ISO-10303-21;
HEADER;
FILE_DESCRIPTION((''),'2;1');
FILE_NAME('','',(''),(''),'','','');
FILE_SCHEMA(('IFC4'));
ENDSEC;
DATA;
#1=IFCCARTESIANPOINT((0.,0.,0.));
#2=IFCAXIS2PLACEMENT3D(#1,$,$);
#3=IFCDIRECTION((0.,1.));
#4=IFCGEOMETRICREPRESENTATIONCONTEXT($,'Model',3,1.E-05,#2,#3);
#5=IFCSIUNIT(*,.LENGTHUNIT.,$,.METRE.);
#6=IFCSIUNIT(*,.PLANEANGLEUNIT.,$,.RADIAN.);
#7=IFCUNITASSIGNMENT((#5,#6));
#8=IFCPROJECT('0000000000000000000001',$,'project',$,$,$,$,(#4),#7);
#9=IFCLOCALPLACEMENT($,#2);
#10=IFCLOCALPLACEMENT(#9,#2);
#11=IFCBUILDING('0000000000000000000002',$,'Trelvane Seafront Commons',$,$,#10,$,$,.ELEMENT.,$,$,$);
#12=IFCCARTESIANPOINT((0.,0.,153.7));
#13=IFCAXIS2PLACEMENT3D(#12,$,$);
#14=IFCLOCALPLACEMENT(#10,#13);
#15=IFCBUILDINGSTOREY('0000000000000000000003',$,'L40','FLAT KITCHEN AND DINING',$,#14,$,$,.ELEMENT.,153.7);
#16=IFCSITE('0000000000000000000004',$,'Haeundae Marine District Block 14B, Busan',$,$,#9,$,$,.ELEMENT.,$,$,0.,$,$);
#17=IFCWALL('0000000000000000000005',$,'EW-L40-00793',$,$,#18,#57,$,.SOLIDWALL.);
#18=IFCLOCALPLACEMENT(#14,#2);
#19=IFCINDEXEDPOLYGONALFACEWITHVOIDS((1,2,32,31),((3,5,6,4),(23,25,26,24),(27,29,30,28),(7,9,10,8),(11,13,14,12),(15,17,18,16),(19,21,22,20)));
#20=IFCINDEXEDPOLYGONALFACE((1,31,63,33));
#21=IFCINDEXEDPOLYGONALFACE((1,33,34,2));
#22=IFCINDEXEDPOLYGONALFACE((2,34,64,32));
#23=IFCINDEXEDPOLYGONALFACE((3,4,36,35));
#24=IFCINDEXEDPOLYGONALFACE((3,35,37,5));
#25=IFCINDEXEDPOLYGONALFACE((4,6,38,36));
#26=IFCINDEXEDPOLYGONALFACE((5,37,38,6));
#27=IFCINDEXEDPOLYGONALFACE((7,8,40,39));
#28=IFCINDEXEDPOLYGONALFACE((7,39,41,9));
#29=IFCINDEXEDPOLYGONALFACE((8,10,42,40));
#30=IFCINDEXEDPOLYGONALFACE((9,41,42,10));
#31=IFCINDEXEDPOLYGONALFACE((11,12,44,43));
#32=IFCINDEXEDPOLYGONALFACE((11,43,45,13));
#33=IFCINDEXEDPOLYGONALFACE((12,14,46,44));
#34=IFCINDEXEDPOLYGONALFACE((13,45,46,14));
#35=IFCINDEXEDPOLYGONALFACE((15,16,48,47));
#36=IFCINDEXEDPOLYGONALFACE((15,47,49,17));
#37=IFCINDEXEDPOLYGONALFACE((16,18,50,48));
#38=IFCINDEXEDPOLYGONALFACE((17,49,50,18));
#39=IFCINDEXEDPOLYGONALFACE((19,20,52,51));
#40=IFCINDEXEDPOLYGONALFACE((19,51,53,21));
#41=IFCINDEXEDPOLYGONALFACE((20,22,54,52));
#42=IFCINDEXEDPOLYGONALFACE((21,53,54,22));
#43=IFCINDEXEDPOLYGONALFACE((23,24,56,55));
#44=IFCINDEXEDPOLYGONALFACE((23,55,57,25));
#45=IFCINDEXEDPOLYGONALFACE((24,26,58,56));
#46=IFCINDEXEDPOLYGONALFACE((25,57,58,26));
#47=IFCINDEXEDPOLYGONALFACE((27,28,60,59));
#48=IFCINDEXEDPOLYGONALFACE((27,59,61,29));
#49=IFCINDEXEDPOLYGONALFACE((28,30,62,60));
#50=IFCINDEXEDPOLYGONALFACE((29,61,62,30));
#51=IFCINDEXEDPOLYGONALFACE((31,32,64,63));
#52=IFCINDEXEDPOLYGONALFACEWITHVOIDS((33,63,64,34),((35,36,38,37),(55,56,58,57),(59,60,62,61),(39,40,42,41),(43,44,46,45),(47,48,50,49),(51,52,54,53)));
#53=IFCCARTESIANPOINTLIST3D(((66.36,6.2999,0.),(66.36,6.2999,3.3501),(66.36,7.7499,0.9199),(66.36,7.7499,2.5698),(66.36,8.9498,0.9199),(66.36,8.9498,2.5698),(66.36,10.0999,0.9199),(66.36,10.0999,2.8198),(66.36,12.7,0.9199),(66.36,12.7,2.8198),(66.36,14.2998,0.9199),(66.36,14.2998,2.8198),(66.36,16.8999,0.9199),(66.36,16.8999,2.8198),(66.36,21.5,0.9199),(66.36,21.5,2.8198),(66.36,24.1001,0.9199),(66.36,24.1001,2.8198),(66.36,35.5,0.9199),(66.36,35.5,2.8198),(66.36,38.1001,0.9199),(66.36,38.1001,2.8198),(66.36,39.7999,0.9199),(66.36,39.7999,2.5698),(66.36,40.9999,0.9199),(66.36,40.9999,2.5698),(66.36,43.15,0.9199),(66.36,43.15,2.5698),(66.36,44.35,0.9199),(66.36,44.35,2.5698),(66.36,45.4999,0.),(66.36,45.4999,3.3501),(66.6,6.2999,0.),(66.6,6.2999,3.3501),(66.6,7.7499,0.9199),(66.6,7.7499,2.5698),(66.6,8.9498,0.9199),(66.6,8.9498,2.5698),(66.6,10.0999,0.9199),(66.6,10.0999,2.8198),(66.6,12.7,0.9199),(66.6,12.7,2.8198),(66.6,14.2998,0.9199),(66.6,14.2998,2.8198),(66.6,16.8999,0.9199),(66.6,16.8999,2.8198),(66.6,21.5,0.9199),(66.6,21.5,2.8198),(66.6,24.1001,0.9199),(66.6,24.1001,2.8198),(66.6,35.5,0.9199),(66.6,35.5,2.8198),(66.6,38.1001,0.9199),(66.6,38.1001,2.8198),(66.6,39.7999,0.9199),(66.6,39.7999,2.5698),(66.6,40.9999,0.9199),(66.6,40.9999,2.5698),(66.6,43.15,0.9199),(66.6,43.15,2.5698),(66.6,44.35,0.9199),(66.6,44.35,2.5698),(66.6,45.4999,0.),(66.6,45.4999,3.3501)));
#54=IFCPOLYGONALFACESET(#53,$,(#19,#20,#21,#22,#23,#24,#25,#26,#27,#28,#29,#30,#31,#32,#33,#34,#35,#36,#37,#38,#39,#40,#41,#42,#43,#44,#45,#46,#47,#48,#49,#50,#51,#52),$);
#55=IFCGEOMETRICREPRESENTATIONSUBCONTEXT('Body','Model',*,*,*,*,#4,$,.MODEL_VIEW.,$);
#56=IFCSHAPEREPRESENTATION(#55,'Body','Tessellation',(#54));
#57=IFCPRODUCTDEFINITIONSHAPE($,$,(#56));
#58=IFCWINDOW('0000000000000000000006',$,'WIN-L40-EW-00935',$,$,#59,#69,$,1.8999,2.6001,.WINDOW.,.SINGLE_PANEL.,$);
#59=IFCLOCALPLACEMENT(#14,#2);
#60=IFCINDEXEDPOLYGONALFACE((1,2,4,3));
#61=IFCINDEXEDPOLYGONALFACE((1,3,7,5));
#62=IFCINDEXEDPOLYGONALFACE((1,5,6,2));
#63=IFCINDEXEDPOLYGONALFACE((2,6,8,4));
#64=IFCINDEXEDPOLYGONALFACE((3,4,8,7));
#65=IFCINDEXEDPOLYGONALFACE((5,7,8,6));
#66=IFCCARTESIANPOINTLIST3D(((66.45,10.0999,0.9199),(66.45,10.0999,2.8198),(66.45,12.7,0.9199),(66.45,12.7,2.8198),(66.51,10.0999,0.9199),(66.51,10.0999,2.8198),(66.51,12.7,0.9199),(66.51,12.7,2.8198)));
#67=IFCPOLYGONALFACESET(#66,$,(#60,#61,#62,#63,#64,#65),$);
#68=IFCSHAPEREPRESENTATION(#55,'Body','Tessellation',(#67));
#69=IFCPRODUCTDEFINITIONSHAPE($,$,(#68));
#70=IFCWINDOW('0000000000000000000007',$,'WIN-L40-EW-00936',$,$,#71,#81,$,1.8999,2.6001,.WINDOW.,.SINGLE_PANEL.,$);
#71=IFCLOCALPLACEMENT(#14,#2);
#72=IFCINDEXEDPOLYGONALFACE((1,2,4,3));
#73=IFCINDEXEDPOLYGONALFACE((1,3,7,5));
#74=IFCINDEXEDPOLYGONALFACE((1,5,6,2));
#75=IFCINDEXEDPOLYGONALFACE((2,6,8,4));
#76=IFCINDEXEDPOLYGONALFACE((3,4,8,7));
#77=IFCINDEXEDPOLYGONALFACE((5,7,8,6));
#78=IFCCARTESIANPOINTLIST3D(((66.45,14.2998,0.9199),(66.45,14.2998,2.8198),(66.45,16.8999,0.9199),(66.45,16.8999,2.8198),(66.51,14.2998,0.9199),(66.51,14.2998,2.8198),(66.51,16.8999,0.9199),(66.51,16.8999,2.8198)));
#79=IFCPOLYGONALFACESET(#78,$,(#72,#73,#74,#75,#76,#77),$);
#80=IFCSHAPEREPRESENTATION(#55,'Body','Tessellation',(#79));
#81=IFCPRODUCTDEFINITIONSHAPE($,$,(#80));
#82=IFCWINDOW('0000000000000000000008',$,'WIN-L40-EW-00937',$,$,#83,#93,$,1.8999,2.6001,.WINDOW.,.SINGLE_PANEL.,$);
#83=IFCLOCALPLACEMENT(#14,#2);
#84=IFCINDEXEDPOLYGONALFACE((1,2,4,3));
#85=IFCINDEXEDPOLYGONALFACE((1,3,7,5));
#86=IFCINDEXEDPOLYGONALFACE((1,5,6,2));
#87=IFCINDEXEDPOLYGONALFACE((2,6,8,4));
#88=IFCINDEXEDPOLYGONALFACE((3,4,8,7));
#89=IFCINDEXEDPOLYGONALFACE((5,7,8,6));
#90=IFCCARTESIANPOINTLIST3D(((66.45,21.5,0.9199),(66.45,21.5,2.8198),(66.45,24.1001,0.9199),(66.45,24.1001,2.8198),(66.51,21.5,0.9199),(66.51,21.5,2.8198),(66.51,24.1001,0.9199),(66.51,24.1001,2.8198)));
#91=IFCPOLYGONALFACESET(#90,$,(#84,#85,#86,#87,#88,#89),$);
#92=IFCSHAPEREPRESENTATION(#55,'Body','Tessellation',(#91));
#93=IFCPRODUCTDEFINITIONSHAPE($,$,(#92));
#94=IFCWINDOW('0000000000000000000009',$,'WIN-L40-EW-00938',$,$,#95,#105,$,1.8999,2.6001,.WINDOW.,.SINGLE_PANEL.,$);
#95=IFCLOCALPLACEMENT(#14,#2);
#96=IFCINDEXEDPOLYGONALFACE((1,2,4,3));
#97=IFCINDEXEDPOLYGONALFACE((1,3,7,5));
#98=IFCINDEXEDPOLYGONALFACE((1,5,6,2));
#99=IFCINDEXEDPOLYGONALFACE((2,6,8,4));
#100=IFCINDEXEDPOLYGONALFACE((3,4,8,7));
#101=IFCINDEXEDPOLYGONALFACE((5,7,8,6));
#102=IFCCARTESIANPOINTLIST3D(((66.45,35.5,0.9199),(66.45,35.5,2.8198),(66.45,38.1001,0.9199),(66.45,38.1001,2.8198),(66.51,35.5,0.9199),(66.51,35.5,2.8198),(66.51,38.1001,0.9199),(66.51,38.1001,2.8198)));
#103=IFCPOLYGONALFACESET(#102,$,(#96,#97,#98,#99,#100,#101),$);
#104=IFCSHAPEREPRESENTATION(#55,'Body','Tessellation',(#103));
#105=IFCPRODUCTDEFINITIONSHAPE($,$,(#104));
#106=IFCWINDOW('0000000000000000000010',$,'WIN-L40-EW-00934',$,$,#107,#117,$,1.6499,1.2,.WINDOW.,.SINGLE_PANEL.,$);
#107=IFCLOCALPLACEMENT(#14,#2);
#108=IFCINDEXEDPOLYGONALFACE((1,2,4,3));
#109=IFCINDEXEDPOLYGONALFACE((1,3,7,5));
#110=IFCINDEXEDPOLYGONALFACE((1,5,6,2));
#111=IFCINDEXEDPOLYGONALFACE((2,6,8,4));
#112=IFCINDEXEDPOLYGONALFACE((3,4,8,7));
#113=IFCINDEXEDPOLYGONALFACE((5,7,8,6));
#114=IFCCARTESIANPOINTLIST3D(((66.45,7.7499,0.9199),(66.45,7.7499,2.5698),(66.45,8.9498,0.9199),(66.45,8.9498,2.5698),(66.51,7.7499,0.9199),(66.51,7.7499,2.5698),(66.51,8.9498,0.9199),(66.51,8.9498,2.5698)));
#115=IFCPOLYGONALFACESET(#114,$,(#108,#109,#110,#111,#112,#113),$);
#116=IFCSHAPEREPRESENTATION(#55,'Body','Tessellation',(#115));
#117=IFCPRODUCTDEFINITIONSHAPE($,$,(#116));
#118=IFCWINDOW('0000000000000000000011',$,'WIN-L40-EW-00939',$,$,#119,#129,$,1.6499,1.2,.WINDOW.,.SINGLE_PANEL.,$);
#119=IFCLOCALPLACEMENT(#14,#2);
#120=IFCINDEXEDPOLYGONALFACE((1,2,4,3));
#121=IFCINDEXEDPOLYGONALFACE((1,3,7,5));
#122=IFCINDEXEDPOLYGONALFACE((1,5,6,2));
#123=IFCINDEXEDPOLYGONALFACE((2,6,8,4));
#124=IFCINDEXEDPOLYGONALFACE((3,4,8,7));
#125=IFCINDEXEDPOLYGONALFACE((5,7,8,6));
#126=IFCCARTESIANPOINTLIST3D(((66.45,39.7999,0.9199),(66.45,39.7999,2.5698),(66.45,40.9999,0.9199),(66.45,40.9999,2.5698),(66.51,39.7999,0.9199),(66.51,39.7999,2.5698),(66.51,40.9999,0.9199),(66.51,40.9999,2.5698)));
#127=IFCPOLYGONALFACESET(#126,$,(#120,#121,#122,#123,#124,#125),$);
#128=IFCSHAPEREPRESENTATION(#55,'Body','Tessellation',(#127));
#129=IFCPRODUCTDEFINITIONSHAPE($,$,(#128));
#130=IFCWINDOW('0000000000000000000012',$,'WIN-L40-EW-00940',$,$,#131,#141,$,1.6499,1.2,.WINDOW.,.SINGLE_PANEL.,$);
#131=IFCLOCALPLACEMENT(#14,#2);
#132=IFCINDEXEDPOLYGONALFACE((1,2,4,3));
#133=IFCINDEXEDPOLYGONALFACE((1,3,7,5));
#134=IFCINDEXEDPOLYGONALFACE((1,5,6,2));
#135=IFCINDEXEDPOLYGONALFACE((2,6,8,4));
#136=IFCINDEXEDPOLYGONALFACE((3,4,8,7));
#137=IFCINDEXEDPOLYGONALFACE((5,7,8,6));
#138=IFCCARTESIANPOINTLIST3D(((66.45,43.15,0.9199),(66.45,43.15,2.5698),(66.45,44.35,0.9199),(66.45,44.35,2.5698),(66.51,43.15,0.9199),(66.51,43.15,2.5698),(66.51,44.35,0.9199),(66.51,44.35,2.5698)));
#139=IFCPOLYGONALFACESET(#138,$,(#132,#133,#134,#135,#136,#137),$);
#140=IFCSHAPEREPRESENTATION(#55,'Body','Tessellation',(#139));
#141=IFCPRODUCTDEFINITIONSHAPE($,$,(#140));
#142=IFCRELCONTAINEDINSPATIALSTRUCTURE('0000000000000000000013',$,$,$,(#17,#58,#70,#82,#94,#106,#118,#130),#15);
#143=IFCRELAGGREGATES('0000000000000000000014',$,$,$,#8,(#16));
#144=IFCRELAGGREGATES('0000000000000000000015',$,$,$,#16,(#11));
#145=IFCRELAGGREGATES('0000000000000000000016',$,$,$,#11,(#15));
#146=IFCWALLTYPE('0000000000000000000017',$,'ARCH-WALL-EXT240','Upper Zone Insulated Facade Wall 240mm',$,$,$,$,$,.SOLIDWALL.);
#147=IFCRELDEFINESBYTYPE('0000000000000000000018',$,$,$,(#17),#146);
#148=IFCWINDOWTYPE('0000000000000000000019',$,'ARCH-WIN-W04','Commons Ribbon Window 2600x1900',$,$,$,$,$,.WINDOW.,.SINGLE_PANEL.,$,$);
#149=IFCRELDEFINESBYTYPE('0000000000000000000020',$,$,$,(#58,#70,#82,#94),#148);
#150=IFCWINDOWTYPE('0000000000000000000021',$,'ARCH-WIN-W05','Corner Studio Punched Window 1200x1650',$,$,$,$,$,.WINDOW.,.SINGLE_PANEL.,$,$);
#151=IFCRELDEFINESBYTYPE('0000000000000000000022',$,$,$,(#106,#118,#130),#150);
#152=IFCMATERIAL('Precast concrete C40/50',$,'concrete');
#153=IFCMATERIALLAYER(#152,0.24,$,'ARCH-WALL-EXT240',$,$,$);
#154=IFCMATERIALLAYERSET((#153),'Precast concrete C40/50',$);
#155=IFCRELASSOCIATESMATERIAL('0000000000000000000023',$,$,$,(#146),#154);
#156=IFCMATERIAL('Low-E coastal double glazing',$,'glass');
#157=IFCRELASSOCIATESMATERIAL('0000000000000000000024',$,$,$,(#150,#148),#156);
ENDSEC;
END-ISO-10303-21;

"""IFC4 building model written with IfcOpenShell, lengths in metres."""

from ifc_helpers import new_model, si_unit, direction, frame, frame_2d, origin, place, context, subcontext, project, spatial, rectangle, extrude, source, transform, mapped, material, layer, layer_set, type_object, element, fill, save


model = new_model("IFC4")

# Units and contexts
model_context = context("Model", 3, precision=1e-05, world=origin(), true_north=direction((0.0, 1.0)))
body_context = subcontext(model_context, "Body", "Model", "MODEL_VIEW")
ifc_project = project(units=[si_unit("LENGTHUNIT", "METRE"), si_unit("PLANEANGLEUNIT", "RADIAN")], contexts=[model_context])

# Site, building, storey
site_placement = place(None, origin())
site = spatial("IfcSite", under=ifc_project, at=site_placement, Name="Haeundae Marine District Block 14B, Busan", CompositionType="ELEMENT", RefElevation=0.0)
building_placement = place(site_placement, origin())
building = spatial("IfcBuilding", under=site, at=building_placement, Name="Trelvane Seafront Commons", CompositionType="ELEMENT")
storey_placement = place(building_placement, frame((0.0, 0.0, 153.7)))
storey = spatial("IfcBuildingStorey", under=building, at=storey_placement, Name="L40", Description="FLAT KITCHEN AND DINING", CompositionType="ELEMENT", Elevation=153.7)

# Shared definitions
ifc_material_1 = material(Name="Low-E coastal double glazing", Category="glass")

# Shared definitions
ifc_material_2 = material(Name="Precast concrete C40/50", Category="concrete")
ifc_layer_1 = layer(ifc_material_2, 0.24, Name="ARCH-WALL-EXT240")
ifc_layer_set_1 = layer_set([ifc_layer_1], Name="Precast concrete C40/50")
wall_type = type_object("IfcWallType", Name="ARCH-WALL-EXT240", Description="Upper Zone Insulated Facade Wall 240mm", PredefinedType="SOLIDWALL", material=ifc_layer_set_1)
window_type_1 = type_object("IfcWindowType", Name="ARCH-WIN-W05", Description="Corner Studio Punched Window 1200x1650", PartitioningType="SINGLE_PANEL", PredefinedType="WINDOW", material=ifc_material_1)
shared_shape_1 = source(origin(), body_context, "Body", "SweptSolid", [
    extrude(rectangle(XDim=1.2, YDim=1.6499, at=frame_2d((0.6001, 0.825))), frame((0.0, 0.03, 0.0), z_axis=(0.0, -1.0, 0.0), x_axis=(1.0, 0.0, 0.0)), (0.0, 0.0, 1.0), 0.0601),
])

# Wall, openings, windows
wall_1_placement = place(storey_placement, frame((66.48, 45.5, 0.0), z_axis=(0.0, 0.0, 1.0), x_axis=(0.0, -1.0, 0.0)))
wall_1 = element("IfcWall", 1, at=wall_1_placement, inside=storey, type_object=wall_type, Name="EW-L40-00793", PredefinedType="SOLIDWALL", context=body_context, shape_type="SweptSolid", body=[
    extrude(rectangle(XDim=39.2, YDim=0.24, at=frame_2d((19.6001, 0.0))), origin(), (0.0, 0.0, 1.0), 3.3501),
])
opening_1_placement = place(wall_1_placement, frame((36.55, 0.0, 0.9199)))
opening_1 = element("IfcOpeningElement", 2, at=opening_1_placement, cuts=wall_1, PredefinedType="OPENING", context=body_context, shape_type="SweptSolid", body=[
    extrude(rectangle(XDim=1.2, YDim=1.6499, at=frame_2d((0.6001, 0.825))), frame((0.0, 0.1299, 0.0), z_axis=(0.0, -1.0, 0.0), x_axis=(1.0, 0.0, 0.0)), (0.0, 0.0, 1.0), 0.26),
])
opening_2_placement = place(wall_1_placement, frame((32.8, 0.0, 0.9199)))
opening_2 = element("IfcOpeningElement", 3, at=opening_2_placement, cuts=wall_1, PredefinedType="OPENING", context=body_context, shape_type="SweptSolid", body=[
    extrude(rectangle(XDim=2.6001, YDim=1.8999, at=frame_2d((1.3, 0.95))), frame((0.0, 0.1299, 0.0), z_axis=(0.0, -1.0, 0.0), x_axis=(1.0, 0.0, 0.0)), (0.0, 0.0, 1.0), 0.26),
])
opening_3_placement = place(wall_1_placement, frame((28.6001, 0.0, 0.9199)))
opening_3 = element("IfcOpeningElement", 4, at=opening_3_placement, cuts=wall_1, PredefinedType="OPENING", context=body_context, shape_type="SweptSolid", body=[
    extrude(rectangle(XDim=2.6001, YDim=1.8999, at=frame_2d((1.3, 0.95))), frame((0.0, 0.1299, 0.0), z_axis=(0.0, -1.0, 0.0), x_axis=(1.0, 0.0, 0.0)), (0.0, 0.0, 1.0), 0.26),
])
opening_4_placement = place(wall_1_placement, frame((21.3999, 0.0, 0.9199)))
opening_4 = element("IfcOpeningElement", 5, at=opening_4_placement, cuts=wall_1, PredefinedType="OPENING", context=body_context, shape_type="SweptSolid", body=[
    extrude(rectangle(XDim=2.6001, YDim=1.8999, at=frame_2d((1.3, 0.95))), frame((0.0, 0.1299, 0.0), z_axis=(0.0, -1.0, 0.0), x_axis=(1.0, 0.0, 0.0)), (0.0, 0.0, 1.0), 0.26),
])
opening_5_placement = place(wall_1_placement, frame((7.3999, 0.0, 0.9199)))
opening_5 = element("IfcOpeningElement", 6, at=opening_5_placement, cuts=wall_1, PredefinedType="OPENING", context=body_context, shape_type="SweptSolid", body=[
    extrude(rectangle(XDim=2.6001, YDim=1.8999, at=frame_2d((1.3, 0.95))), frame((0.0, 0.1299, 0.0), z_axis=(0.0, -1.0, 0.0), x_axis=(1.0, 0.0, 0.0)), (0.0, 0.0, 1.0), 0.26),
])
opening_6_placement = place(wall_1_placement, frame((4.5, 0.0, 0.9199)))
opening_6 = element("IfcOpeningElement", 7, at=opening_6_placement, cuts=wall_1, PredefinedType="OPENING", context=body_context, shape_type="SweptSolid", body=[
    extrude(rectangle(XDim=1.2, YDim=1.6499, at=frame_2d((0.6001, 0.825))), frame((0.0, 0.1299, 0.0), z_axis=(0.0, -1.0, 0.0), x_axis=(1.0, 0.0, 0.0)), (0.0, 0.0, 1.0), 0.26),
])
opening_7_placement = place(wall_1_placement, frame((1.1499, 0.0, 0.9199)))
opening_7 = element("IfcOpeningElement", 8, at=opening_7_placement, cuts=wall_1, PredefinedType="OPENING", context=body_context, shape_type="SweptSolid", body=[
    extrude(rectangle(XDim=1.2, YDim=1.6499, at=frame_2d((0.6001, 0.825))), frame((0.0, 0.1299, 0.0), z_axis=(0.0, -1.0, 0.0), x_axis=(1.0, 0.0, 0.0)), (0.0, 0.0, 1.0), 0.26),
])
window_type_2 = type_object("IfcWindowType", Name="ARCH-WIN-W04", Description="Commons Ribbon Window 2600x1900", PartitioningType="SINGLE_PANEL", PredefinedType="WINDOW", material=ifc_material_1)
shared_shape_2 = source(origin(), body_context, "Body", "SweptSolid", [
    extrude(rectangle(XDim=2.6001, YDim=1.8999, at=frame_2d((1.3, 0.95))), frame((0.0, 0.03, 0.0), z_axis=(0.0, -1.0, 0.0), x_axis=(1.0, 0.0, 0.0)), (0.0, 0.0, 1.0), 0.0601),
])
window_1_placement = place(opening_2_placement, origin())
window_1 = element("IfcWindow", 9, at=window_1_placement, inside=storey, type_object=window_type_2, Name="WIN-L40-EW-00935", OverallHeight=1.8999, OverallWidth=2.6001, PartitioningType="SINGLE_PANEL", PredefinedType="WINDOW", context=body_context, shape_type="MappedRepresentation", body=[
    mapped(shared_shape_2, transform((0.0, 0.0, 0.0), x_axis=(1.0, 0.0, 0.0), y_axis=(0.0, 1.0, 0.0), z_axis=(0.0, 0.0, 1.0), scale=1.0)),
])
fill(opening_2, window_1)
window_2_placement = place(opening_3_placement, origin())
window_2 = element("IfcWindow", 10, at=window_2_placement, inside=storey, type_object=window_type_2, Name="WIN-L40-EW-00936", OverallHeight=1.8999, OverallWidth=2.6001, PartitioningType="SINGLE_PANEL", PredefinedType="WINDOW", context=body_context, shape_type="MappedRepresentation", body=[
    mapped(shared_shape_2, transform((0.0, 0.0, 0.0), x_axis=(1.0, 0.0, 0.0), y_axis=(0.0, 1.0, 0.0), z_axis=(0.0, 0.0, 1.0), scale=1.0)),
])
fill(opening_3, window_2)
window_3_placement = place(opening_4_placement, origin())
window_3 = element("IfcWindow", 11, at=window_3_placement, inside=storey, type_object=window_type_2, Name="WIN-L40-EW-00937", OverallHeight=1.8999, OverallWidth=2.6001, PartitioningType="SINGLE_PANEL", PredefinedType="WINDOW", context=body_context, shape_type="MappedRepresentation", body=[
    mapped(shared_shape_2, transform((0.0, 0.0, 0.0), x_axis=(1.0, 0.0, 0.0), y_axis=(0.0, 1.0, 0.0), z_axis=(0.0, 0.0, 1.0), scale=1.0)),
])
fill(opening_4, window_3)
window_4_placement = place(opening_5_placement, origin())
window_4 = element("IfcWindow", 12, at=window_4_placement, inside=storey, type_object=window_type_2, Name="WIN-L40-EW-00938", OverallHeight=1.8999, OverallWidth=2.6001, PartitioningType="SINGLE_PANEL", PredefinedType="WINDOW", context=body_context, shape_type="MappedRepresentation", body=[
    mapped(shared_shape_2, transform((0.0, 0.0, 0.0), x_axis=(1.0, 0.0, 0.0), y_axis=(0.0, 1.0, 0.0), z_axis=(0.0, 0.0, 1.0), scale=1.0)),
])
fill(opening_5, window_4)
window_5_placement = place(opening_1_placement, origin())
window_5 = element("IfcWindow", 13, at=window_5_placement, inside=storey, type_object=window_type_1, Name="WIN-L40-EW-00934", OverallHeight=1.6499, OverallWidth=1.2, PartitioningType="SINGLE_PANEL", PredefinedType="WINDOW", context=body_context, shape_type="MappedRepresentation", body=[
    mapped(shared_shape_1, transform((0.0, 0.0, 0.0), x_axis=(1.0, 0.0, 0.0), y_axis=(0.0, 1.0, 0.0), z_axis=(0.0, 0.0, 1.0), scale=1.0)),
])
fill(opening_1, window_5)
window_6_placement = place(opening_6_placement, origin())
window_6 = element("IfcWindow", 14, at=window_6_placement, inside=storey, type_object=window_type_1, Name="WIN-L40-EW-00939", OverallHeight=1.6499, OverallWidth=1.2, PartitioningType="SINGLE_PANEL", PredefinedType="WINDOW", context=body_context, shape_type="MappedRepresentation", body=[
    mapped(shared_shape_1, transform((0.0, 0.0, 0.0), x_axis=(1.0, 0.0, 0.0), y_axis=(0.0, 1.0, 0.0), z_axis=(0.0, 0.0, 1.0), scale=1.0)),
])
fill(opening_6, window_6)
window_7_placement = place(opening_7_placement, origin())
window_7 = element("IfcWindow", 15, at=window_7_placement, inside=storey, type_object=window_type_1, Name="WIN-L40-EW-00940", OverallHeight=1.6499, OverallWidth=1.2, PartitioningType="SINGLE_PANEL", PredefinedType="WINDOW", context=body_context, shape_type="MappedRepresentation", body=[
    mapped(shared_shape_1, transform((0.0, 0.0, 0.0), x_axis=(1.0, 0.0, 0.0), y_axis=(0.0, 1.0, 0.0), z_axis=(0.0, 0.0, 1.0), scale=1.0)),
])
fill(opening_7, window_7)

save(model, "model.ifc")
